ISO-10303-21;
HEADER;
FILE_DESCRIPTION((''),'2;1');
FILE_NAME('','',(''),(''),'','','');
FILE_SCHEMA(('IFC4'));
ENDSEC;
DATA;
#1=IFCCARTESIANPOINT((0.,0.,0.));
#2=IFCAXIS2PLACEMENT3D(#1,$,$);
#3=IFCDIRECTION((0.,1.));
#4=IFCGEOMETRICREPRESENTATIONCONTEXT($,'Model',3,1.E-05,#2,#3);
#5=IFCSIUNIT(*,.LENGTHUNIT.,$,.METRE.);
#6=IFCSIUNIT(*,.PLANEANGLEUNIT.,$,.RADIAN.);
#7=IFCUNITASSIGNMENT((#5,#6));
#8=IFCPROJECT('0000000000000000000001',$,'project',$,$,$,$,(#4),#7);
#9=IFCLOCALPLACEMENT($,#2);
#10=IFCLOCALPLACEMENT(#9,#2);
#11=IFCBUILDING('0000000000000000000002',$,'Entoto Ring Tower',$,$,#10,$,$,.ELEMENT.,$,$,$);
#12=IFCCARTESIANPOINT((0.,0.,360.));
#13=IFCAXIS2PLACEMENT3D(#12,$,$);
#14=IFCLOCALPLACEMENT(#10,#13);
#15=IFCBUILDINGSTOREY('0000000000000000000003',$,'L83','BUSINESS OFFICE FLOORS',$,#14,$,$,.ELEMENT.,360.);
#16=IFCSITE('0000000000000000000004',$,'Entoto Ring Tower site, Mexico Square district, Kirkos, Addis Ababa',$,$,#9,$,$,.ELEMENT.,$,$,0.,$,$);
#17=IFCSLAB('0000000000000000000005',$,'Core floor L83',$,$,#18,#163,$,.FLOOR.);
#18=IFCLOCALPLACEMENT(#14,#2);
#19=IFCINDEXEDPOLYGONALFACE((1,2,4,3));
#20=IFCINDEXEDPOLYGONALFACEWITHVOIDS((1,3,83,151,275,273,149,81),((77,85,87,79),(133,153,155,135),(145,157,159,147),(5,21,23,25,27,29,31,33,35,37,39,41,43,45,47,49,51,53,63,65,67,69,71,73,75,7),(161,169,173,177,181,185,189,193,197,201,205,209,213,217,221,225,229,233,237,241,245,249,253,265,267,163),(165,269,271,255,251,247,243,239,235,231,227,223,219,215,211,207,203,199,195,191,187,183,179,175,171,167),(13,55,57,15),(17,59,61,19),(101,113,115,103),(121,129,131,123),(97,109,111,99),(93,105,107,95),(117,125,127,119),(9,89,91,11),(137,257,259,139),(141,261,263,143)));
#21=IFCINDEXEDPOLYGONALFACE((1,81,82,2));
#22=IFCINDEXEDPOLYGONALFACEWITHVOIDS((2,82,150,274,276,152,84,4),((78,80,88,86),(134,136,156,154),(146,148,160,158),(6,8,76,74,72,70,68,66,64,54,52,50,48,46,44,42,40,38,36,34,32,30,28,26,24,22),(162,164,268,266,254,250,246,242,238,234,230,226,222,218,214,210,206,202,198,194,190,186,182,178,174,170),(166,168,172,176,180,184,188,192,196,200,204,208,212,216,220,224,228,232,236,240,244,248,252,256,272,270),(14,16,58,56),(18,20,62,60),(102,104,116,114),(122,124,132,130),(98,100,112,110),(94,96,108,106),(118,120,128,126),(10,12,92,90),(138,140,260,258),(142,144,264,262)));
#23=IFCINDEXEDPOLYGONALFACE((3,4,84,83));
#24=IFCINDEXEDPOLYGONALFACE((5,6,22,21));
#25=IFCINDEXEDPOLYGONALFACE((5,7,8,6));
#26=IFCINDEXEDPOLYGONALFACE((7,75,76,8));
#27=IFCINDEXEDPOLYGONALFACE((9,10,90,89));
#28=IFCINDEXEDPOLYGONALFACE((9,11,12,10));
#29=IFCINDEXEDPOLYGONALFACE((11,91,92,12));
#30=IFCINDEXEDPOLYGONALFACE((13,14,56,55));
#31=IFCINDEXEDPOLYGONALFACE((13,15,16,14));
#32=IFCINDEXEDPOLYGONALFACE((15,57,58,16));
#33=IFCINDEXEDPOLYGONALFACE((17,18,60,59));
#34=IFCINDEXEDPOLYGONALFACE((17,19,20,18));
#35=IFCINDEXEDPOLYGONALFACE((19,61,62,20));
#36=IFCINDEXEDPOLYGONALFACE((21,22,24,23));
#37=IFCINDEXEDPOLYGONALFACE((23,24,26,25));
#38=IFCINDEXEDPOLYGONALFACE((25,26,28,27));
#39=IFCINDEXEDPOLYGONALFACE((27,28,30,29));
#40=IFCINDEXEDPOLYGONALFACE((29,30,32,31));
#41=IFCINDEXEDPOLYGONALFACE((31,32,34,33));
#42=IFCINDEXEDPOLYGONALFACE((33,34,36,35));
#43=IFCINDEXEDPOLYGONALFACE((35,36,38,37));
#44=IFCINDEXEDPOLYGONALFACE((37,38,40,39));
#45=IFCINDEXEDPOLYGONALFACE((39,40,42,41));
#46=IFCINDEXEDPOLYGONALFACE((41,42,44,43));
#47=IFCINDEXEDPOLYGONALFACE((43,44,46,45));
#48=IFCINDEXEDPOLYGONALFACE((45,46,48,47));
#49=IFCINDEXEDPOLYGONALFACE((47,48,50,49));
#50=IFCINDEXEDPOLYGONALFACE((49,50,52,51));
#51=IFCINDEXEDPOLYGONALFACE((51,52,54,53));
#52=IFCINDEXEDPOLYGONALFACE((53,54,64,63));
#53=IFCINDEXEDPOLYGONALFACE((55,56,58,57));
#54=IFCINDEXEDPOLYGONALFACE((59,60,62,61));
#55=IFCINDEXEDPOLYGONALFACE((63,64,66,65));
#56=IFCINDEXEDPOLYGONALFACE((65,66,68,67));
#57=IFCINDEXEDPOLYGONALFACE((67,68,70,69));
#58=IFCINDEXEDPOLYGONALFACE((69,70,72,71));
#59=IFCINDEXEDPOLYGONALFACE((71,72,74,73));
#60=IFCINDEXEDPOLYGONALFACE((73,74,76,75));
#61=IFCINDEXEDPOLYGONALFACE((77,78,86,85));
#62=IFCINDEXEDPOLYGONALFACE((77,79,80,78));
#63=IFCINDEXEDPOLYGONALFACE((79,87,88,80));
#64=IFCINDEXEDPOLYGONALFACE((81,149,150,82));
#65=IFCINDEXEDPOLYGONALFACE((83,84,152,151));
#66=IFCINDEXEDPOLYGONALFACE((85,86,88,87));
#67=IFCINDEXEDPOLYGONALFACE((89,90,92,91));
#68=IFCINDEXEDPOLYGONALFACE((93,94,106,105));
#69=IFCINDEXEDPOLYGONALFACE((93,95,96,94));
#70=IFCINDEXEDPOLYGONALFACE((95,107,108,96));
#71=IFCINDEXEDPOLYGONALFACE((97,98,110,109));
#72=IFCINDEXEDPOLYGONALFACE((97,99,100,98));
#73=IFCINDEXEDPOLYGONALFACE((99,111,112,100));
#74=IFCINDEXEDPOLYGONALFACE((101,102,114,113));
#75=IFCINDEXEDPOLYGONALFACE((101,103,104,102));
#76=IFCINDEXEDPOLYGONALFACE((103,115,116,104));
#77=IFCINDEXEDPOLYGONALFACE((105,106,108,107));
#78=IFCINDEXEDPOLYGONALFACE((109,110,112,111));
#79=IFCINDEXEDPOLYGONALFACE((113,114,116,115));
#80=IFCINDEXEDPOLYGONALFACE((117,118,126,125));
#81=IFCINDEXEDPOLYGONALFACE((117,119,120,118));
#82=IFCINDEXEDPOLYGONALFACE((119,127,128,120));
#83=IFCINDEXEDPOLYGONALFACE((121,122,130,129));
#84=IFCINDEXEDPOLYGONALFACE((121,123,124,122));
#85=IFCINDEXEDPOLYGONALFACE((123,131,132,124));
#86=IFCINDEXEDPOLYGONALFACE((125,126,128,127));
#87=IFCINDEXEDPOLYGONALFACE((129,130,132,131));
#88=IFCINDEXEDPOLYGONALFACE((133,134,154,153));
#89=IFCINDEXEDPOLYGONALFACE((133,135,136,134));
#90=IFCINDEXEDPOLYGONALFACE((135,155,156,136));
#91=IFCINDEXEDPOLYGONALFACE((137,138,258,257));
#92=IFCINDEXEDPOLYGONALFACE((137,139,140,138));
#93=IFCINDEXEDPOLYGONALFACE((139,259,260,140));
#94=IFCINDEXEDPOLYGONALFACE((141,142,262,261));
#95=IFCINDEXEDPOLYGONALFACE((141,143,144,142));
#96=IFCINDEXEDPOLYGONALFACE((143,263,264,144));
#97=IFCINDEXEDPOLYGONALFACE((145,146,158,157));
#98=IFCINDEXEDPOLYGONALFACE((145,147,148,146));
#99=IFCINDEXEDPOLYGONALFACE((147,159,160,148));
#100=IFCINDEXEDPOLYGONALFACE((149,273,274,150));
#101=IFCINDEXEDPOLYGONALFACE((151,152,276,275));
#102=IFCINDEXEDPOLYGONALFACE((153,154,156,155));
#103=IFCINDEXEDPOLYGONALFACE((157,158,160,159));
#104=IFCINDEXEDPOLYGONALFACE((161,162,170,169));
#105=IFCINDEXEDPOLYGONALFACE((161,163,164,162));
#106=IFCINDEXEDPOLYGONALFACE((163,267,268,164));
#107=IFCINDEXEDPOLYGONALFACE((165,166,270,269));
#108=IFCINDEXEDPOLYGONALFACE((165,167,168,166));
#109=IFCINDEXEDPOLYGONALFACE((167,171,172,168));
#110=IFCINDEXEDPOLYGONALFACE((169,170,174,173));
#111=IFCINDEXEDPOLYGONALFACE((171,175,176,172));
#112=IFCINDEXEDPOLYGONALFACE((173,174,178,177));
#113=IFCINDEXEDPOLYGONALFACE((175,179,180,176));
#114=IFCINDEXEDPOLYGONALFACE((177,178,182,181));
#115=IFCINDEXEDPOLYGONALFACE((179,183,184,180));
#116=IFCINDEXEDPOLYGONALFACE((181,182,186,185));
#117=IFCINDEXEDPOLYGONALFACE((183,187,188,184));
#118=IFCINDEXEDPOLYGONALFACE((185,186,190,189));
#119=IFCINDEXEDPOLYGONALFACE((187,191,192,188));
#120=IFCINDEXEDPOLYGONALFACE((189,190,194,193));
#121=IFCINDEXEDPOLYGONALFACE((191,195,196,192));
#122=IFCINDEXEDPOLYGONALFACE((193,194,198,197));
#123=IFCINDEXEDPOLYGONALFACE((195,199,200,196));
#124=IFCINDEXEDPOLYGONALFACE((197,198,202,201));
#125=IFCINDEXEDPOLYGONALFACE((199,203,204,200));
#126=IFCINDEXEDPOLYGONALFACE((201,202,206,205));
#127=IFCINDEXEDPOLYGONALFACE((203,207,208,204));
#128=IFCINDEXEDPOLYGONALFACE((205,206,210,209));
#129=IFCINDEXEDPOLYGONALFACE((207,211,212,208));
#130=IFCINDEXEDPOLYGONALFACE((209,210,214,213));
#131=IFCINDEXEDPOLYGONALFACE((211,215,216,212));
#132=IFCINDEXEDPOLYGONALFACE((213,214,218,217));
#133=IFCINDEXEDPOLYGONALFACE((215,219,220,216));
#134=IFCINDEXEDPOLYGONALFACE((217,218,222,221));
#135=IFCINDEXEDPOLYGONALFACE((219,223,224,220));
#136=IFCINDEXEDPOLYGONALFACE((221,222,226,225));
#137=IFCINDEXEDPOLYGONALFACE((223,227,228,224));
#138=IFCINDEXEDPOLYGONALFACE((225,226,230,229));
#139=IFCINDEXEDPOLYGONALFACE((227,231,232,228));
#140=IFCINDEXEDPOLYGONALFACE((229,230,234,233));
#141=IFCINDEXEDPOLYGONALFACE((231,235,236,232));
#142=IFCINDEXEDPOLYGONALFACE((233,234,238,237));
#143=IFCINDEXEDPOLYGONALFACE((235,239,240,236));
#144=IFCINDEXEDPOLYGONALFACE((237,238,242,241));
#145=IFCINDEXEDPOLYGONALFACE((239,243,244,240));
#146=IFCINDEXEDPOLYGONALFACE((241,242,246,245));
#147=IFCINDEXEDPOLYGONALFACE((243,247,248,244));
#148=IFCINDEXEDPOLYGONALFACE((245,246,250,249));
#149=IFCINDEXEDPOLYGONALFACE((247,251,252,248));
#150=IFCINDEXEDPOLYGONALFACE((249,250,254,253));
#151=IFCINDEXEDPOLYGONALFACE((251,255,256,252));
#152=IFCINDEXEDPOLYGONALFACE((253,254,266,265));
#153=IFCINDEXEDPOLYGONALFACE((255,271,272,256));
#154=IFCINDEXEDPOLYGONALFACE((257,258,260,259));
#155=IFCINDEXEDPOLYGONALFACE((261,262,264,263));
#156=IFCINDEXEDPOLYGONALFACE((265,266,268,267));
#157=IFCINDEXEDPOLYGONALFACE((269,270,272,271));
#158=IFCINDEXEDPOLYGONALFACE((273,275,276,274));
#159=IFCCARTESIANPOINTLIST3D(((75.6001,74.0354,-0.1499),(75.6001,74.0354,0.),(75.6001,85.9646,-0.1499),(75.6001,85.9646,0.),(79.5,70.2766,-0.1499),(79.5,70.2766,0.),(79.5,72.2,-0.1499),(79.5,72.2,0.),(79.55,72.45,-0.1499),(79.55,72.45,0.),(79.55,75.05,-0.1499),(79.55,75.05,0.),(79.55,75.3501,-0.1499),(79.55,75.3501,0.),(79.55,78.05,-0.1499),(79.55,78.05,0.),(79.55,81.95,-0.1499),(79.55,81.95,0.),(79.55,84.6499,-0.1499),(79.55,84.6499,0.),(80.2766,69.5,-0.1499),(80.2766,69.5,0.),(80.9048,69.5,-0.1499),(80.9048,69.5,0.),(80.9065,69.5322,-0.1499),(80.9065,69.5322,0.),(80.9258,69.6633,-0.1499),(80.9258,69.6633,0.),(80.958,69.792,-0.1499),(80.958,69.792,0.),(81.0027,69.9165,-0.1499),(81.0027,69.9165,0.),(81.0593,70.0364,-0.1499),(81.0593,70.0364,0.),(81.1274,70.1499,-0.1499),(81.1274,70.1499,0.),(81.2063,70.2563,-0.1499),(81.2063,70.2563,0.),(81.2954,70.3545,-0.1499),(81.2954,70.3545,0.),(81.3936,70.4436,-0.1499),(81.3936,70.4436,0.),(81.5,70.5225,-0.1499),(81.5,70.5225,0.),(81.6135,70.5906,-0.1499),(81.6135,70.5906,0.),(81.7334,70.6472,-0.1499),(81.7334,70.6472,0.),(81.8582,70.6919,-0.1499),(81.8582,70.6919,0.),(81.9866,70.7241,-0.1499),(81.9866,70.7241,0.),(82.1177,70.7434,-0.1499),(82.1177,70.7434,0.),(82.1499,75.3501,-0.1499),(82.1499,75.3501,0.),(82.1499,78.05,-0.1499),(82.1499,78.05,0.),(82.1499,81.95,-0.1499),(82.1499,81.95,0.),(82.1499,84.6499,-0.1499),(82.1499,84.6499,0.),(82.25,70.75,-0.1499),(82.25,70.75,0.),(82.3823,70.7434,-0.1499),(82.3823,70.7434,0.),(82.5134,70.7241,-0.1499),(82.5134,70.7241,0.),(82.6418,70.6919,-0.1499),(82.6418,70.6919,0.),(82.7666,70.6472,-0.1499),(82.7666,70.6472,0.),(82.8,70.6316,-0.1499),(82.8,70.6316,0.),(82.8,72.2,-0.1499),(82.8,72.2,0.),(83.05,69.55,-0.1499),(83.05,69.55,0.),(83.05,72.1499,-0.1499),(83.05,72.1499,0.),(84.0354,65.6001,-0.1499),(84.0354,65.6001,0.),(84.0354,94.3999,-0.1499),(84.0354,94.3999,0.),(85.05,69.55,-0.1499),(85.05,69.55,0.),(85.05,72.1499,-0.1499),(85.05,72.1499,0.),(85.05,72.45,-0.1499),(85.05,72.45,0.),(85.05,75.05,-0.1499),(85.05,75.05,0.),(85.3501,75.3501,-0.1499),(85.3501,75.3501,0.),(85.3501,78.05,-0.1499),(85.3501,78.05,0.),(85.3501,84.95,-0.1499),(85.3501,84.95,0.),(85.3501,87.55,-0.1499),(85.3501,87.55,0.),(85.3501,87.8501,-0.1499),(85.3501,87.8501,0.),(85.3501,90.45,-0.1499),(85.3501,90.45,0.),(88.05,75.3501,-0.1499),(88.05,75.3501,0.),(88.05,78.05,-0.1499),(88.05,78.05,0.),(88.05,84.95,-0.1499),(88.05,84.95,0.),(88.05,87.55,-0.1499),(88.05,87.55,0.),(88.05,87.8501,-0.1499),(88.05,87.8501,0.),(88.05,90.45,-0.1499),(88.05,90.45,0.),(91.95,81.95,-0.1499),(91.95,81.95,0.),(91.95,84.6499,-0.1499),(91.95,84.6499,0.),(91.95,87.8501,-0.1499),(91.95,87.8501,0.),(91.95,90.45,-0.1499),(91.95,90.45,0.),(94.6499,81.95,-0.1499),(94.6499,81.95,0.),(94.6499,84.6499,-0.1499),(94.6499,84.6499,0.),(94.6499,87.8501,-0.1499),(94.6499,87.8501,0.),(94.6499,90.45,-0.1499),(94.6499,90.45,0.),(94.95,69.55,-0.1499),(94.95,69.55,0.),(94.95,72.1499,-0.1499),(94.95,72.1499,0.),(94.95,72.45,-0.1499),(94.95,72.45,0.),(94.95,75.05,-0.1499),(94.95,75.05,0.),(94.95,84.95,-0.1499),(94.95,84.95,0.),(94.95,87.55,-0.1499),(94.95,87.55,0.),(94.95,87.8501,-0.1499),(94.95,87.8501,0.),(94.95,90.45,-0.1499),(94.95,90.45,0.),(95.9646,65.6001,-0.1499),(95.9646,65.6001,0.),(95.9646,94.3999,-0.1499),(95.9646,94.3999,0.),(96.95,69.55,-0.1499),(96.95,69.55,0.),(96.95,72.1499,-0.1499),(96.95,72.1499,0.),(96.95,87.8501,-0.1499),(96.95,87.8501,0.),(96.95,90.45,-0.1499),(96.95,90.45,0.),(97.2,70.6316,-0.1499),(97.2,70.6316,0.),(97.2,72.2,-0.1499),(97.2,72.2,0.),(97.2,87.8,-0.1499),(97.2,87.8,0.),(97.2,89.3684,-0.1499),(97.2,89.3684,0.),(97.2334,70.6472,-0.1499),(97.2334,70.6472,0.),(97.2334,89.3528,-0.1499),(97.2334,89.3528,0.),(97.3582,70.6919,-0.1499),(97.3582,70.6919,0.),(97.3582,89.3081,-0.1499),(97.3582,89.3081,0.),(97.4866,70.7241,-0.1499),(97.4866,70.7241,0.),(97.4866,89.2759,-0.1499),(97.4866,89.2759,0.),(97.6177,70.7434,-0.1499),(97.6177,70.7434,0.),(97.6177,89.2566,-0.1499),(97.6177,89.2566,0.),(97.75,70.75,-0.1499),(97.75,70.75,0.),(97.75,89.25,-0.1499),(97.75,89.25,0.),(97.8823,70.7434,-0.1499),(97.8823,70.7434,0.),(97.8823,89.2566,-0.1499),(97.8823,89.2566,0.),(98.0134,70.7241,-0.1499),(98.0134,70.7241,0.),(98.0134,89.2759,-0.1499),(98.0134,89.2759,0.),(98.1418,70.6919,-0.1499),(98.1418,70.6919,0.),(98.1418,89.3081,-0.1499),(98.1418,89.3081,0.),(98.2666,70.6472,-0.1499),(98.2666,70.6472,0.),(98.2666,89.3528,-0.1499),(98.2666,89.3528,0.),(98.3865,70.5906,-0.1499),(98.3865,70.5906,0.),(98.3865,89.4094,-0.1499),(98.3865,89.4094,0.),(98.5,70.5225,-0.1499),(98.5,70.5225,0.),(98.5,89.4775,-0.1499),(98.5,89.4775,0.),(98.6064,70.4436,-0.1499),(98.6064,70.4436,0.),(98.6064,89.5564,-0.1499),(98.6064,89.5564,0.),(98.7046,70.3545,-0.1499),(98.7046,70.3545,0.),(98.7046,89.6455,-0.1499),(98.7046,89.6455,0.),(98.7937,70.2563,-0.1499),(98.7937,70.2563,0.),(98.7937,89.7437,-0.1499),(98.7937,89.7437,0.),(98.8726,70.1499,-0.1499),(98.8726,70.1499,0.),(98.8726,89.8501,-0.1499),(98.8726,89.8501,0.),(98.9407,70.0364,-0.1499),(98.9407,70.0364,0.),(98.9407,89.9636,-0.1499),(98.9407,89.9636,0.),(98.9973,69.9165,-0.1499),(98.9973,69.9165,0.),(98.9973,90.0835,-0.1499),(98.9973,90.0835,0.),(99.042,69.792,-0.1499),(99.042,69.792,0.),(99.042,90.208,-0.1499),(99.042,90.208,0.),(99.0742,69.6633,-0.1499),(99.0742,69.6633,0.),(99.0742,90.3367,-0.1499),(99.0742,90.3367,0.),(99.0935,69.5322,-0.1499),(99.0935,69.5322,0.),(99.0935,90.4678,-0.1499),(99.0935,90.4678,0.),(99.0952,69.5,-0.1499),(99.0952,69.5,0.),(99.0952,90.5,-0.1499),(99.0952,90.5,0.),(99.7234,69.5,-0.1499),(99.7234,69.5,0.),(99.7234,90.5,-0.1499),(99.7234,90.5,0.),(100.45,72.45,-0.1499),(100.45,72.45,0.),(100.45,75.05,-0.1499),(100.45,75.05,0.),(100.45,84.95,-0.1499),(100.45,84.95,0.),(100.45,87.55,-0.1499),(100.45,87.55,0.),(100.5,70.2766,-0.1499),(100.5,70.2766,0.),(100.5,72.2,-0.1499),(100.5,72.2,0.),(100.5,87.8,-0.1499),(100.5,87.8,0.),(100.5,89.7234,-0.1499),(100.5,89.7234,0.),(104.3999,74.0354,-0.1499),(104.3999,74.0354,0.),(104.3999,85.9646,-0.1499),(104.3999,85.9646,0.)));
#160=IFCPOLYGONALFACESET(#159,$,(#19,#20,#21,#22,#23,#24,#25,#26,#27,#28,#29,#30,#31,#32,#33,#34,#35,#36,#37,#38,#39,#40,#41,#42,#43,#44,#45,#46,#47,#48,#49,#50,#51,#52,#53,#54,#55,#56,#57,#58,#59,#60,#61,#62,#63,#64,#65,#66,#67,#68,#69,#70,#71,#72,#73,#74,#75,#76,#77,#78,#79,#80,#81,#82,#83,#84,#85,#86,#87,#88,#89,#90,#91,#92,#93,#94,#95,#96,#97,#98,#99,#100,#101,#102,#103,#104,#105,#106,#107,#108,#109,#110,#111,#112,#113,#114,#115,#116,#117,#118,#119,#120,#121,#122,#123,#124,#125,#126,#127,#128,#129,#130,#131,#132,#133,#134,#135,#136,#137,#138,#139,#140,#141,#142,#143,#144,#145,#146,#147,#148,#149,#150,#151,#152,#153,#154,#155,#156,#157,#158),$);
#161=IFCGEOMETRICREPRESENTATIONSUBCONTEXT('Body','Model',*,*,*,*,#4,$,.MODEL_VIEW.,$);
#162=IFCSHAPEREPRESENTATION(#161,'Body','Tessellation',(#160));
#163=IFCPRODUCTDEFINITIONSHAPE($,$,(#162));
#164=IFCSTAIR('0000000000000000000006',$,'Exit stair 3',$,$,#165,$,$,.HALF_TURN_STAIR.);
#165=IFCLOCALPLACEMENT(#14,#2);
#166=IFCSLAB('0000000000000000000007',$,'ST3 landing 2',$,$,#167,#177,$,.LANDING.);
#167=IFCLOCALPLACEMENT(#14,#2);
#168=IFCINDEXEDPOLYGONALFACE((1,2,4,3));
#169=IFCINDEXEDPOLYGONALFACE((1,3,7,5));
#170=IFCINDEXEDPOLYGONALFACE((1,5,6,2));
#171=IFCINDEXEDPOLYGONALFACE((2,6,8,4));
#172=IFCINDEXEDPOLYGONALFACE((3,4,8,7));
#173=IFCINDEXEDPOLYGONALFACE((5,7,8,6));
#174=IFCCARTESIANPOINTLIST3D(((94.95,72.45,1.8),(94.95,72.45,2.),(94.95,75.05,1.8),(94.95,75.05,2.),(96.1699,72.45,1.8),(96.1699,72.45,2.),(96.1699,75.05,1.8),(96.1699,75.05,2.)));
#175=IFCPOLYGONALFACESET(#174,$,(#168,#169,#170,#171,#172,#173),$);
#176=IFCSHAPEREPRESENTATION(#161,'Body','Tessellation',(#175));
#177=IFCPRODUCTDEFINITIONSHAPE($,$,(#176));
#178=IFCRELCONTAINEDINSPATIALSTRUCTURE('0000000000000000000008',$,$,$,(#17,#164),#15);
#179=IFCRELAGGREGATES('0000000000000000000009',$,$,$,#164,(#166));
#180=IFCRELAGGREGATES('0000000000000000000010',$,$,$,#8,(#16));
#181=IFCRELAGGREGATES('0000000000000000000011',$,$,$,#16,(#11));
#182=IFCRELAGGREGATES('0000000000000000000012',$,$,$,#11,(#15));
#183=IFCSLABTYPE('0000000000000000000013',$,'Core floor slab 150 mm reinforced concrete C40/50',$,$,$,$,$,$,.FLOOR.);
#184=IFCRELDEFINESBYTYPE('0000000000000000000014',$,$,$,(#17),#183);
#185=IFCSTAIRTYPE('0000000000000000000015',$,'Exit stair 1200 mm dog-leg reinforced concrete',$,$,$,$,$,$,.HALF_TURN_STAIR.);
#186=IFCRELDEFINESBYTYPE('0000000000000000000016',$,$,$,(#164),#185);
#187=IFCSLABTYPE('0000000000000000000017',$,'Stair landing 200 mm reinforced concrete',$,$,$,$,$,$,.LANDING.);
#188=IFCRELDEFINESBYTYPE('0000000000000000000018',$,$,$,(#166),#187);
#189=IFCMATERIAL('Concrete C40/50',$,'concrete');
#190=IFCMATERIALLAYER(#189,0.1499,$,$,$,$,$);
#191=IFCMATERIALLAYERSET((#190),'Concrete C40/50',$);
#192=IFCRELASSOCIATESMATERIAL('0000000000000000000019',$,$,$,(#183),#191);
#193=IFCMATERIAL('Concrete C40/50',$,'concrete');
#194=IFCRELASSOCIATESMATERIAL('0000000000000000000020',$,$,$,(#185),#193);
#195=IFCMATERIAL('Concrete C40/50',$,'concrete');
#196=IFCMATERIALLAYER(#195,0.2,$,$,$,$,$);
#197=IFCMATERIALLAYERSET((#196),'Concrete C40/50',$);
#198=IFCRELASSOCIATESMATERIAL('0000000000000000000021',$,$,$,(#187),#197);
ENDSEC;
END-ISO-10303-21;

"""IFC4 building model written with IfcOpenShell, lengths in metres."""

from ifc_helpers import new_model, si_unit, direction, frame, origin, place, context, subcontext, project, spatial, polyline, outline, extrude, material, layer, layer_set, type_object, element, aggregate, save


model = new_model("IFC4")

# Units and contexts
model_context = context("Model", 3, precision=1e-05, world=origin(), true_north=direction((0.0, 1.0)))
body_context = subcontext(model_context, "Body", "Model", "MODEL_VIEW")
ifc_project = project(units=[si_unit("LENGTHUNIT", "METRE"), si_unit("PLANEANGLEUNIT", "RADIAN")], contexts=[model_context])

# Site, building, storey
site_placement = place(None, origin())
site = spatial("IfcSite", under=ifc_project, at=site_placement, Name="Entoto Ring Tower site, Mexico Square district, Kirkos, Addis Ababa", CompositionType="ELEMENT", RefElevation=0.0)
building_placement = place(site_placement, origin())
building = spatial("IfcBuilding", under=site, at=building_placement, Name="Entoto Ring Tower", CompositionType="ELEMENT")
storey_placement = place(building_placement, frame((0.0, 0.0, 360.0)))
storey = spatial("IfcBuildingStorey", under=building, at=storey_placement, Name="L83", Description="BUSINESS OFFICE FLOORS", CompositionType="ELEMENT", Elevation=360.0)

# Slab
ifc_material_1 = material(Name="Concrete C40/50", Category="concrete")
ifc_layer_1 = layer(ifc_material_1, 0.1499)
ifc_layer_set_1 = layer_set([ifc_layer_1], Name="Concrete C40/50")
slab_type_1 = type_object("IfcSlabType", Name="Core floor slab 150 mm reinforced concrete C40/50", PredefinedType="FLOOR", material=ifc_layer_set_1)
slab_1_placement = place(storey_placement, frame((0.0, 0.0, -0.1499)))
element("IfcSlab", 1, at=slab_1_placement, inside=storey, type_object=slab_type_1, Name="Core floor L83", PredefinedType="FLOOR", context=body_context, shape_type="SweptSolid", body=[
    extrude(outline(polyline([(104.3999, 74.0354), (104.3999, 85.9646), (95.9646, 94.3999), (84.0354, 94.3999), (75.6001, 85.9646), (75.6001, 74.0354), (84.0354, 65.6001), (95.9646, 65.6001), (104.3999, 74.0354)]), holes=[polyline([(100.45, 84.95), (100.45, 87.55), (94.95, 87.55), (94.95, 84.95), (100.45, 84.95)]), polyline([(85.05, 72.45), (85.05, 75.05), (79.55, 75.05), (79.55, 72.45), (85.05, 72.45)]), polyline([(100.45, 72.45), (100.45, 75.05), (94.95, 75.05), (94.95, 72.45), (100.45, 72.45)]), polyline([(94.95, 90.45), (94.95, 87.8501), (96.95, 87.8501), (96.95, 90.45), (94.95, 90.45)]), polyline([(94.95, 72.1499), (94.95, 69.55), (96.95, 69.55), (96.95, 72.1499), (94.95, 72.1499)]), polyline([(83.05, 72.1499), (83.05, 69.55), (85.05, 69.55), (85.05, 72.1499), (83.05, 72.1499)]), polyline([(79.55, 81.95), (82.1499, 81.95), (82.1499, 84.6499), (79.55, 84.6499), (79.55, 81.95)]), polyline([(79.55, 75.3501), (82.1499, 75.3501), (82.1499, 78.05), (79.55, 78.05), (79.55, 75.3501)]), polyline([(91.95, 87.8501), (94.6499, 87.8501), (94.6499, 90.45), (91.95, 90.45), (91.95, 87.8501)]), polyline([(91.95, 81.95), (94.6499, 81.95), (94.6499, 84.6499), (91.95, 84.6499), (91.95, 81.95)]), polyline([(85.3501, 75.3501), (88.05, 75.3501), (88.05, 78.05), (85.3501, 78.05), (85.3501, 75.3501)]), polyline([(85.3501, 84.95), (88.05, 84.95), (88.05, 87.55), (85.3501, 87.55), (85.3501, 84.95)]), polyline([(85.3501, 87.8501), (88.05, 87.8501), (88.05, 90.45), (85.3501, 90.45), (85.3501, 87.8501)]), polyline([(97.2, 89.3684), (97.2, 87.8), (100.5, 87.8), (100.5, 89.7234), (99.7234, 90.5), (99.0952, 90.5), (99.0935, 90.4678), (99.0742, 90.3367), (99.042, 90.208), (98.9973, 90.0835), (98.9407, 89.9636), (98.8726, 89.8501), (98.7937, 89.7437), (98.7046, 89.6455), (98.6064, 89.5564), (98.5, 89.4775), (98.3865, 89.4094), (98.2666, 89.3528), (98.1418, 89.3081), (98.0134, 89.2759), (97.8823, 89.2566), (97.75, 89.25), (97.6177, 89.2566), (97.4866, 89.2759), (97.3582, 89.3081), (97.2334, 89.3528), (97.2, 89.3684)]), polyline([(80.2766, 69.5), (80.9048, 69.5), (80.9065, 69.5322), (80.9258, 69.6633), (80.958, 69.792), (81.0027, 69.9165), (81.0593, 70.0364), (81.1274, 70.1499), (81.2063, 70.2563), (81.2954, 70.3545), (81.3936, 70.4436), (81.5, 70.5225), (81.6135, 70.5906), (81.7334, 70.6472), (81.8582, 70.6919), (81.9866, 70.7241), (82.1177, 70.7434), (82.25, 70.75), (82.3823, 70.7434), (82.5134, 70.7241), (82.6418, 70.6919), (82.7666, 70.6472), (82.8, 70.6316), (82.8, 72.2), (79.5, 72.2), (79.5, 70.2766), (80.2766, 69.5)]), polyline([(99.0952, 69.5), (99.7234, 69.5), (100.5, 70.2766), (100.5, 72.2), (97.2, 72.2), (97.2, 70.6316), (97.2334, 70.6472), (97.3582, 70.6919), (97.4866, 70.7241), (97.6177, 70.7434), (97.75, 70.75), (97.8823, 70.7434), (98.0134, 70.7241), (98.1418, 70.6919), (98.2666, 70.6472), (98.3865, 70.5906), (98.5, 70.5225), (98.6064, 70.4436), (98.7046, 70.3545), (98.7937, 70.2563), (98.8726, 70.1499), (98.9407, 70.0364), (98.9973, 69.9165), (99.042, 69.792), (99.0742, 69.6633), (99.0935, 69.5322), (99.0952, 69.5)])]), origin(), (0.0, 0.0, 1.0), 0.1499),
])

# Stair, slab
ifc_material_2 = material(Name="Concrete C40/50", Category="concrete")
stair_type = type_object("IfcStairType", Name="Exit stair 1200 mm dog-leg reinforced concrete", PredefinedType="HALF_TURN_STAIR", material=ifc_material_2)
stair_placement = place(storey_placement, origin())
stair = element("IfcStair", 2, at=stair_placement, inside=storey, type_object=stair_type, Name="Exit stair 3", PredefinedType="HALF_TURN_STAIR")
ifc_material_3 = material(Name="Concrete C40/50", Category="concrete")
ifc_layer_2 = layer(ifc_material_3, 0.2)
ifc_layer_set_2 = layer_set([ifc_layer_2], Name="Concrete C40/50")
slab_type_2 = type_object("IfcSlabType", Name="Stair landing 200 mm reinforced concrete", PredefinedType="LANDING", material=ifc_layer_set_2)
slab_2_placement = place(storey_placement, frame((0.0, 0.0, 1.8)))
slab_2 = element("IfcSlab", 3, at=slab_2_placement, type_object=slab_type_2, Name="ST3 landing 2", PredefinedType="LANDING", context=body_context, shape_type="SweptSolid", body=[
    extrude(outline(polyline([(94.95, 72.45), (96.1699, 72.45), (96.1699, 75.05), (94.95, 75.05), (94.95, 72.45)])), origin(), (0.0, 0.0, 1.0), 0.2),
])
aggregate(stair, [slab_2])

save(model, "model.ifc")
